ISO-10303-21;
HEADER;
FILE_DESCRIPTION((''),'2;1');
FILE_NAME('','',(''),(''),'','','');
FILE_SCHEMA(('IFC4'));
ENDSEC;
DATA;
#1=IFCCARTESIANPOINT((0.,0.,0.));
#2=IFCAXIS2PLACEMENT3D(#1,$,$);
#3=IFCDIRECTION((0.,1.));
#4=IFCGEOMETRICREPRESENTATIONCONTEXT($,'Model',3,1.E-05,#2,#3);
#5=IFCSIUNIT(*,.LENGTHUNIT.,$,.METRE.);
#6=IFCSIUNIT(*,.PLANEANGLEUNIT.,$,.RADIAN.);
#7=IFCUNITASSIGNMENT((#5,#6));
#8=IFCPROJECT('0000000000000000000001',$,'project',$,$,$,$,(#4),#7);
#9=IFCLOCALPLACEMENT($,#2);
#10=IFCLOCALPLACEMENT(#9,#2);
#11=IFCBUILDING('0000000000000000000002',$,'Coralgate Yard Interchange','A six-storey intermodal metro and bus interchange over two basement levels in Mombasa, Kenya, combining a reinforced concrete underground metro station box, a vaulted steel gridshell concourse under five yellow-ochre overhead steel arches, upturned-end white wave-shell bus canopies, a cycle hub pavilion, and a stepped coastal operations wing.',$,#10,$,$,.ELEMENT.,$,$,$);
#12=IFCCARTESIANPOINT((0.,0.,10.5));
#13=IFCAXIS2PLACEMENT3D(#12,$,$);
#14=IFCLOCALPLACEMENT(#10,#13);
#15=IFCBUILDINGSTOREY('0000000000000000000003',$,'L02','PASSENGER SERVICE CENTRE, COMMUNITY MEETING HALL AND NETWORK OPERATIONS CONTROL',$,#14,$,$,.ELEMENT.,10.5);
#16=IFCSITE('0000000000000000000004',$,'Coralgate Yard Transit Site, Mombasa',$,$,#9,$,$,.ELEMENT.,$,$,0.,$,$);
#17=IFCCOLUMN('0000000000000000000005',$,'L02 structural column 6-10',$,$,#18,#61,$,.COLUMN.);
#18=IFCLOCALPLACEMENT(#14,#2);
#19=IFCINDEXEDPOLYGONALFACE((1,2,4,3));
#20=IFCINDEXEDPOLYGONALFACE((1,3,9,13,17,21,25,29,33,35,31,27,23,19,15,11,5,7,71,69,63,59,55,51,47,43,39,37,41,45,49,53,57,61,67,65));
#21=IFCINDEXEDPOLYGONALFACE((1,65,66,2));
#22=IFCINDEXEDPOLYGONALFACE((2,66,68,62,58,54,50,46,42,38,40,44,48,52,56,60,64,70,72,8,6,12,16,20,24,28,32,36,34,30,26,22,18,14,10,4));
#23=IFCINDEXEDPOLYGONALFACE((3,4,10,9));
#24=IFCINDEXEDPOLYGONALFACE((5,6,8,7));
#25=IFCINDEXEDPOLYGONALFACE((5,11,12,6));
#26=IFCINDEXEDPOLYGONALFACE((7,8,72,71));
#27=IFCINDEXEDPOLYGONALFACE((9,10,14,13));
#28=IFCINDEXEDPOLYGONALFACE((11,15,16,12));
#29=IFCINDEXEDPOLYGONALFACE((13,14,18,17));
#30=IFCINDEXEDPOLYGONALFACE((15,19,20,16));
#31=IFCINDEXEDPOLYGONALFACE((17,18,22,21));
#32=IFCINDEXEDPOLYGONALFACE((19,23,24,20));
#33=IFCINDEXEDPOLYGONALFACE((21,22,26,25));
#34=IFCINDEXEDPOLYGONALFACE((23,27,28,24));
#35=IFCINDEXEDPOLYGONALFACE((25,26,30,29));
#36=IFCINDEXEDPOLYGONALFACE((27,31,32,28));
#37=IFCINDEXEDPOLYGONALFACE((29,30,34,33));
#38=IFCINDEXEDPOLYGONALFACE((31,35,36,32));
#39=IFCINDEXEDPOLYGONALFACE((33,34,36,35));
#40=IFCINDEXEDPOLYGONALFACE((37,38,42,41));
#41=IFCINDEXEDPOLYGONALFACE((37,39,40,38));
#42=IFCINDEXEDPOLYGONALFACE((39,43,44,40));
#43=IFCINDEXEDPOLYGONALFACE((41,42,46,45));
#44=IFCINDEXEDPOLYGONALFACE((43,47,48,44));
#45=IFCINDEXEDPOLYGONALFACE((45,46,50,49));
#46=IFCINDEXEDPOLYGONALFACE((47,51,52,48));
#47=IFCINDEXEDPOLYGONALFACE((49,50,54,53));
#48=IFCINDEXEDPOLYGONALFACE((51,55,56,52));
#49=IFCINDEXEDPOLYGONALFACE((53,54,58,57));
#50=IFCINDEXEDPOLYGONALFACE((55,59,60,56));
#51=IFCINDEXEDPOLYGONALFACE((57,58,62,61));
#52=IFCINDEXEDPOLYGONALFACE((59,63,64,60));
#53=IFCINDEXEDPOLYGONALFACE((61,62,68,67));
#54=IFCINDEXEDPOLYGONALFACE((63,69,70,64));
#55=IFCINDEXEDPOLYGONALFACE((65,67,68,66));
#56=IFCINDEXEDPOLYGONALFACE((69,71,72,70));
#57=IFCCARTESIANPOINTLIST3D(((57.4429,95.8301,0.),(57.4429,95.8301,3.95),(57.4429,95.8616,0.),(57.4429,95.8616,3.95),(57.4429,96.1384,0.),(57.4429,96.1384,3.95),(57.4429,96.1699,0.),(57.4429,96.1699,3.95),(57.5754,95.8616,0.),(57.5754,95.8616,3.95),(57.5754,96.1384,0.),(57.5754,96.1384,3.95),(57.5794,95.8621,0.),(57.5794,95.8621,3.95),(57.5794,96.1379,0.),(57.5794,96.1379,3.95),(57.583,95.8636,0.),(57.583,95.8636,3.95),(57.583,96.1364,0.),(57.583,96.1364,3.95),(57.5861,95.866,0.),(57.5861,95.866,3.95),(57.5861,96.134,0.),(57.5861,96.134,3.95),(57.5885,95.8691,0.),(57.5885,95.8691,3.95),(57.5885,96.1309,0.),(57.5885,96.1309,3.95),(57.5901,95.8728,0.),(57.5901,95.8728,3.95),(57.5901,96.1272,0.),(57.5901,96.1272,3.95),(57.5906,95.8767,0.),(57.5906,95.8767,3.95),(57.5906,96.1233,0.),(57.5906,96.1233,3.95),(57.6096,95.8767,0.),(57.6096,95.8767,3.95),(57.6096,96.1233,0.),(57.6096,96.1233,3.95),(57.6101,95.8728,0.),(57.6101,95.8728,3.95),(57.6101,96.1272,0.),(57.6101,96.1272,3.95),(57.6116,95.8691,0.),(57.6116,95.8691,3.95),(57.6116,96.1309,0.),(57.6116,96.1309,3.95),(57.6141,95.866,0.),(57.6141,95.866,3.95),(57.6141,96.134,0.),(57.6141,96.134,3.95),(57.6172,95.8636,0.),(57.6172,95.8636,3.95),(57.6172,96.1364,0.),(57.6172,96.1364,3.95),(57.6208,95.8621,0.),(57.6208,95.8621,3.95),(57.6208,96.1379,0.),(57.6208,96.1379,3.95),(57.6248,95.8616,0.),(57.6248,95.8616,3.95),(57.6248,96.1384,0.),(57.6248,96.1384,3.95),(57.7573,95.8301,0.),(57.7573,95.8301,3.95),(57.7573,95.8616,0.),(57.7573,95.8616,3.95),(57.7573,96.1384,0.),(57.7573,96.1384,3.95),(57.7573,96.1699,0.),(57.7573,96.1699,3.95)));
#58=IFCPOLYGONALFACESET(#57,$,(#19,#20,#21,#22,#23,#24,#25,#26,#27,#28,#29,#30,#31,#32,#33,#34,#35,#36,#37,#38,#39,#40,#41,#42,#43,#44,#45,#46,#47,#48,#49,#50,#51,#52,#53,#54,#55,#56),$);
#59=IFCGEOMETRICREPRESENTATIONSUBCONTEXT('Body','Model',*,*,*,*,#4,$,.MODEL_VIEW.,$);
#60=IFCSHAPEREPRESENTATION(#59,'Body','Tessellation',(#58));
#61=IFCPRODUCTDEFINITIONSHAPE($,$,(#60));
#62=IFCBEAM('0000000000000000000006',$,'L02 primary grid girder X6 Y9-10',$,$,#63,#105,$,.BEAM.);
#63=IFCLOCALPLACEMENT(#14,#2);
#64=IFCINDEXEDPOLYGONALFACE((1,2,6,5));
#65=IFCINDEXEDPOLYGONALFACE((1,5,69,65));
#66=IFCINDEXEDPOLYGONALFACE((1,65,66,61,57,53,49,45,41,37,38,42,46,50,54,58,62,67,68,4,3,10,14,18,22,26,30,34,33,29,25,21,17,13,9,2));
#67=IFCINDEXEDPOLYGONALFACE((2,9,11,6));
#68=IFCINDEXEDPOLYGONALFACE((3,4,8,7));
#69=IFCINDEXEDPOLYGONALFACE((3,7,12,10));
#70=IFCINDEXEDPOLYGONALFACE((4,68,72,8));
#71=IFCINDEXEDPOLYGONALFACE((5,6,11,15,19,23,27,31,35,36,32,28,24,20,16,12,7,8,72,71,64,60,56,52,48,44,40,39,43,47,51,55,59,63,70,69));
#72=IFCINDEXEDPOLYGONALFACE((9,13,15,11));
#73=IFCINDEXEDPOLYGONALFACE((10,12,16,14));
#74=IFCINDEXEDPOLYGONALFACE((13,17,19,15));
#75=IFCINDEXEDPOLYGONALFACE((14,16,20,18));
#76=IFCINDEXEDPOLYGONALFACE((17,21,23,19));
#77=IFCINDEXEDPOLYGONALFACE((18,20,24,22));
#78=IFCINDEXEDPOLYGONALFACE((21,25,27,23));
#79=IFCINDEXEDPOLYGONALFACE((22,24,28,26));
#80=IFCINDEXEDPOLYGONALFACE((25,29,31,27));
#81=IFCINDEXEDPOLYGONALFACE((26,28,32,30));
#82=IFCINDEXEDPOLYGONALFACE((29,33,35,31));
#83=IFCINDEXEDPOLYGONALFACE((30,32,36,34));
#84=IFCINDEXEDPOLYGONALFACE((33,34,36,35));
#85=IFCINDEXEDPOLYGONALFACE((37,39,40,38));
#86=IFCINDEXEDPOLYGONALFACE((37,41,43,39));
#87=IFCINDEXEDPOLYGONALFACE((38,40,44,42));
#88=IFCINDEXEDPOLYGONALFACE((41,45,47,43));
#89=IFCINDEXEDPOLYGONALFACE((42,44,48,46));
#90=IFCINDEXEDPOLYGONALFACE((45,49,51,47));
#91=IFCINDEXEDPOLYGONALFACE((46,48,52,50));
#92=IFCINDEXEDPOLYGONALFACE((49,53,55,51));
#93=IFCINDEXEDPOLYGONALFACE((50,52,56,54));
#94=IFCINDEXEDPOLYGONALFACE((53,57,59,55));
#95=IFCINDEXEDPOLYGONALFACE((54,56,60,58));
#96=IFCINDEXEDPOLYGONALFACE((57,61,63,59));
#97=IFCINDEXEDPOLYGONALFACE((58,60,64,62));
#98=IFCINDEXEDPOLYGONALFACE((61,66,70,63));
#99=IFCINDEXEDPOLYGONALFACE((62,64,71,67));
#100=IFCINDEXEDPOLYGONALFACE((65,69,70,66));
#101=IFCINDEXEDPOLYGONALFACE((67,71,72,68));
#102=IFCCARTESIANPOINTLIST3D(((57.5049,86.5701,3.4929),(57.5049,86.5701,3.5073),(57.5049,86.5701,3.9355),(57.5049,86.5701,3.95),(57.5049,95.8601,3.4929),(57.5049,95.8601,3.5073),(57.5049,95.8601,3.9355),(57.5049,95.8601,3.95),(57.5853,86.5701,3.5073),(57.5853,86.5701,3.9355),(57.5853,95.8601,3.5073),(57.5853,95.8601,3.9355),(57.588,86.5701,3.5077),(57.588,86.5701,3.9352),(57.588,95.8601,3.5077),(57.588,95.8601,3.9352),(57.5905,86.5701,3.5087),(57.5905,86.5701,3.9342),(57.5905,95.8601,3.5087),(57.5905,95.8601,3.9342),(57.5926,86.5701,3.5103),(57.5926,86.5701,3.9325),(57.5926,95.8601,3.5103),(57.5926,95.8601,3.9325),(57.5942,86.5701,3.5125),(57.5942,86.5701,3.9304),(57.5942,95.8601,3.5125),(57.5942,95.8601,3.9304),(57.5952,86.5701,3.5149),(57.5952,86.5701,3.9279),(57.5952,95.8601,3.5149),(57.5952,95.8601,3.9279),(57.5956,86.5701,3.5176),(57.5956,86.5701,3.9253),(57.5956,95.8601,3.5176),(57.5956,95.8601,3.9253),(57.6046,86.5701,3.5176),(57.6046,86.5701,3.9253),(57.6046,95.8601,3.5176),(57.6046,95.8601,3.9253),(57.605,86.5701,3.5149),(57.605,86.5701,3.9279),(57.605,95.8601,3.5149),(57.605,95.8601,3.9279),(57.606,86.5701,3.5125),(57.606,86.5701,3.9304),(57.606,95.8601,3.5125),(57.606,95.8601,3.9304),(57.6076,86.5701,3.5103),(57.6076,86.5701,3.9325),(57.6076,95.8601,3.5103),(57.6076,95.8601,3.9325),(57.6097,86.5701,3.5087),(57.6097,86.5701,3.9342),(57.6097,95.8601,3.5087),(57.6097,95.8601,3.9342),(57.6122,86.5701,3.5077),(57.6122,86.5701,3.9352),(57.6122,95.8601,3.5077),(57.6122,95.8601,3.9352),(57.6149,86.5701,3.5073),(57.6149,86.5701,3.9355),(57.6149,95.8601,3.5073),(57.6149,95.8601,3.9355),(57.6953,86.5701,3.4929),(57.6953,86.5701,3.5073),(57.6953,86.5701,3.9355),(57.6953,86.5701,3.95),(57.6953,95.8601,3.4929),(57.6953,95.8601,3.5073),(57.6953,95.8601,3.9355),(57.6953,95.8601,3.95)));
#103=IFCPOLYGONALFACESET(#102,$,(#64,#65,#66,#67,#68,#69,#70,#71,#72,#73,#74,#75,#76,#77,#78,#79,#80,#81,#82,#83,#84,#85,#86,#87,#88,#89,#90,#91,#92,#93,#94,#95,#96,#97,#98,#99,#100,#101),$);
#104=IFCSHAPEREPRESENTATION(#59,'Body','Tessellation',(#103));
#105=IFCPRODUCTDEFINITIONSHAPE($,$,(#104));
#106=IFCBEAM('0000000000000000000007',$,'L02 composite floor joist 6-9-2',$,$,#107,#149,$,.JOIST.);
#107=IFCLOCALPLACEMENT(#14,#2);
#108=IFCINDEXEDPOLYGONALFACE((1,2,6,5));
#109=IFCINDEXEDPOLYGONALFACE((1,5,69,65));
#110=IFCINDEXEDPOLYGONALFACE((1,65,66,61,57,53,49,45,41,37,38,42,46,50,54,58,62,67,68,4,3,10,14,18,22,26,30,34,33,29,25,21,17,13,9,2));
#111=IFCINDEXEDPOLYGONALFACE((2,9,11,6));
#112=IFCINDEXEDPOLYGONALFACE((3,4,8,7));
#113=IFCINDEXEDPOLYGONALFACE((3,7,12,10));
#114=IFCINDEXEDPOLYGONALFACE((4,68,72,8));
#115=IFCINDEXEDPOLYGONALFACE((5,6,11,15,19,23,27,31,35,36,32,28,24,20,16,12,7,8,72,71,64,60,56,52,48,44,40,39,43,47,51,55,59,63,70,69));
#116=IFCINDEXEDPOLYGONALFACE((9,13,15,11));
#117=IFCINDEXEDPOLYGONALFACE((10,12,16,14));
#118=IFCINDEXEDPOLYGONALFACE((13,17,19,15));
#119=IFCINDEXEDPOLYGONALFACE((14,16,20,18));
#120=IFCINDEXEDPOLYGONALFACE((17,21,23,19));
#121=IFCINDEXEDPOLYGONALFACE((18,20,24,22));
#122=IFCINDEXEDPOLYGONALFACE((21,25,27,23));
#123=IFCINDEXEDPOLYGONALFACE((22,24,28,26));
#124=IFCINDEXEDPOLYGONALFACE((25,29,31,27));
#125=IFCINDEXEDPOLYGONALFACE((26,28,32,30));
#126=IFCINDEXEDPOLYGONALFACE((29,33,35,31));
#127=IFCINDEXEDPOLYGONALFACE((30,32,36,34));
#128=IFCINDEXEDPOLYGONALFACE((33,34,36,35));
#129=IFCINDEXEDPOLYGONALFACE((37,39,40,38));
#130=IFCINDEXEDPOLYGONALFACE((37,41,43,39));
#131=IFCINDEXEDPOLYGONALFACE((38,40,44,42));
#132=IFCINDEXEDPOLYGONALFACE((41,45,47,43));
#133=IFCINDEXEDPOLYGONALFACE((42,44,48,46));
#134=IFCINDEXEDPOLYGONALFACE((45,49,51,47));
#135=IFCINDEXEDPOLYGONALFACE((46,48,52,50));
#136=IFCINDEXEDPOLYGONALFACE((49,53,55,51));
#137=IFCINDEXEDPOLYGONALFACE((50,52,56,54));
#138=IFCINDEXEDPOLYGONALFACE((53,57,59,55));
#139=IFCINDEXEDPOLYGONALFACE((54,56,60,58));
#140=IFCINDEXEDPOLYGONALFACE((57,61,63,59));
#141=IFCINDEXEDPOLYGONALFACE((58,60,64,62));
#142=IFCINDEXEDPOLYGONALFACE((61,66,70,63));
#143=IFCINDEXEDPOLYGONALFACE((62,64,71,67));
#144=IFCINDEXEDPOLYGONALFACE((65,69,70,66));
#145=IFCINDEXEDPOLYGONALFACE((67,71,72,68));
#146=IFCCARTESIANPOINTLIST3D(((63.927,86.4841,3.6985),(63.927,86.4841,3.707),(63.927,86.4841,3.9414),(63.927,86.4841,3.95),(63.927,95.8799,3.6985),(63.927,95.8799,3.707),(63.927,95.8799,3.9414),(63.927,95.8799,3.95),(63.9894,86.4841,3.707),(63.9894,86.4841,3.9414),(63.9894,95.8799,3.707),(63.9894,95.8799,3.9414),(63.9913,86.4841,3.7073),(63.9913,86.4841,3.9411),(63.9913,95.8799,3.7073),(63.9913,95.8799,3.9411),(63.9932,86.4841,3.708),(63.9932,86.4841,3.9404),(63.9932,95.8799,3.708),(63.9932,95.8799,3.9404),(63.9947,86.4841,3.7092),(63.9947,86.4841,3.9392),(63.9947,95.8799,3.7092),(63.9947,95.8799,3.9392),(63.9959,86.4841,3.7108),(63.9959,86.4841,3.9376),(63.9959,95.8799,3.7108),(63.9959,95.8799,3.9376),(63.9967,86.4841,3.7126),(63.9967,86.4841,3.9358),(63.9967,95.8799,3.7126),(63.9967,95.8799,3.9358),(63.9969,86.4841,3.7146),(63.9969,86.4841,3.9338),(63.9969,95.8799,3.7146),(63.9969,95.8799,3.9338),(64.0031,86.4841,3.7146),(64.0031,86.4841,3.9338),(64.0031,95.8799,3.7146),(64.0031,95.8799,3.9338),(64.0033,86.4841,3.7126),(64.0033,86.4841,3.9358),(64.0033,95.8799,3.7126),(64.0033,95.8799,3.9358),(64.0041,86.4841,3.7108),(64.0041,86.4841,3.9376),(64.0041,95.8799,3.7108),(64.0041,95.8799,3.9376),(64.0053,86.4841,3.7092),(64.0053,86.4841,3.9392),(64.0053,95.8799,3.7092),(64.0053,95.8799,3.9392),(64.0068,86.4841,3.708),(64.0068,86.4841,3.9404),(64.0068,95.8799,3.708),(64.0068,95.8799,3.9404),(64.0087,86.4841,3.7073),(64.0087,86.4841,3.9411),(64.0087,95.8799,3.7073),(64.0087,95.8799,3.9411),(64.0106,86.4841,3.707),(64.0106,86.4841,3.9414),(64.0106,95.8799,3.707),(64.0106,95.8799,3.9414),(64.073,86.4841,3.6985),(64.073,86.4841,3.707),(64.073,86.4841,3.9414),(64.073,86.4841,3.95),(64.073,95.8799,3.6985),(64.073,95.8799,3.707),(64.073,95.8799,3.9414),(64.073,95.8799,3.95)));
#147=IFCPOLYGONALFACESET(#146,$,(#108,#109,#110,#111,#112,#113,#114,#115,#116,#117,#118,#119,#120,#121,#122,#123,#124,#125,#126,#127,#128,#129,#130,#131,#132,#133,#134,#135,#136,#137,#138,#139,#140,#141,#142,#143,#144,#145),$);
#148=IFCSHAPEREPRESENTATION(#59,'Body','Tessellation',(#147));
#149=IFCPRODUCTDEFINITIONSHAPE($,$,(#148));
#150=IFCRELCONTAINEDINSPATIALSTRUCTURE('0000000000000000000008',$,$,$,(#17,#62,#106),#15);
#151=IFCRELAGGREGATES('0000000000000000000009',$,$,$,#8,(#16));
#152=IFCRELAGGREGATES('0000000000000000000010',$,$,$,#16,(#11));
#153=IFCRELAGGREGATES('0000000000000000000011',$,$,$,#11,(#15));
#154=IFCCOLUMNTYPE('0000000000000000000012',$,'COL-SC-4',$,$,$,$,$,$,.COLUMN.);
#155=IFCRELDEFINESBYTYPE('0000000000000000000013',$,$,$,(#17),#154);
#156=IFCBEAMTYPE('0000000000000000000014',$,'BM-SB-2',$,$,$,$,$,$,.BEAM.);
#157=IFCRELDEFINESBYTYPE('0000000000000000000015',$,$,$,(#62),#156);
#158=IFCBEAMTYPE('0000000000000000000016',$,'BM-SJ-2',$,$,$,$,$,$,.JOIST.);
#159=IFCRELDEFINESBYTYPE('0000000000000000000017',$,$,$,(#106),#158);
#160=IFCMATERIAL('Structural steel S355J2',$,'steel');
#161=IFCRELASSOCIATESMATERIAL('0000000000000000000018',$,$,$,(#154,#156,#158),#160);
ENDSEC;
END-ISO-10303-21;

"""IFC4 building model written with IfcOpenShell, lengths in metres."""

from ifc_helpers import new_model, si_unit, direction, frame, origin, origin_2d, place, context, subcontext, project, spatial, i_section, extrude, material, material_profile, profile_set, type_object, element, save


model = new_model("IFC4")

# Units and contexts
model_context = context("Model", 3, precision=1e-05, world=origin(), true_north=direction((0.0, 1.0)))
body_context = subcontext(model_context, "Body", "Model", "MODEL_VIEW")
ifc_project = project(units=[si_unit("LENGTHUNIT", "METRE"), si_unit("PLANEANGLEUNIT", "RADIAN")], contexts=[model_context])

# Site, building, storey
site_placement = place(None, origin())
site = spatial("IfcSite", under=ifc_project, at=site_placement, Name="Coralgate Yard Transit Site, Mombasa", CompositionType="ELEMENT", RefElevation=0.0)
building_placement = place(site_placement, origin())
building = spatial("IfcBuilding", under=site, at=building_placement, Name="Coralgate Yard Interchange", Description="A six-storey intermodal metro and bus interchange over two basement levels in Mombasa, Kenya, combining a reinforced concrete underground metro station box, a vaulted steel gridshell concourse under five yellow-ochre overhead steel arches, upturned-end white wave-shell bus canopies, a cycle hub pavilion, and a stepped coastal operations wing.", CompositionType="ELEMENT")
storey_placement = place(building_placement, frame((0.0, 0.0, 10.5)))
storey = spatial("IfcBuildingStorey", under=building, at=storey_placement, Name="L02", Description="PASSENGER SERVICE CENTRE, COMMUNITY MEETING HALL AND NETWORK OPERATIONS CONTROL", CompositionType="ELEMENT", Elevation=10.5)

# Column
ifc_material_1 = material(Name="Structural steel S355J2", Category="steel")
ifc_material_profile_1 = material_profile(ifc_material_1, i_section(OverallWidth=0.3145, OverallDepth=0.3398, WebThickness=0.019, FlangeThickness=0.0315, FilletRadius=0.0151, at=origin_2d()), Name="UC 305x305x198")
ifc_profile_set_1 = profile_set([ifc_material_profile_1], Name="Structural steel S355J2")
column_type = type_object("IfcColumnType", Name="COL-SC-4", PredefinedType="COLUMN", material=ifc_profile_set_1)
column_placement = place(storey_placement, frame((57.6001, 96.0, 0.0), z_axis=(0.0, 0.0, 1.0), x_axis=(1.0, 0.0, 0.0)))
element("IfcColumn", 1, at=column_placement, inside=storey, type_object=column_type, Name="L02 structural column 6-10", PredefinedType="COLUMN", context=body_context, shape_type="SweptSolid", body=[
    extrude(i_section(OverallWidth=0.3145, OverallDepth=0.3398, WebThickness=0.019, FlangeThickness=0.0315, FilletRadius=0.0151, at=origin_2d()), origin(), (0.0, 0.0, 1.0), 3.95),
])

# Beams
ifc_material_profile_2 = material_profile(ifc_material_1, i_section(OverallWidth=0.1904, OverallDepth=0.457, WebThickness=0.009, FlangeThickness=0.0144, FilletRadius=0.0103, at=origin_2d()), Name="UB 457x191x74")
ifc_profile_set_2 = profile_set([ifc_material_profile_2], Name="Structural steel S355J2")
beam_type_1 = type_object("IfcBeamType", Name="BM-SB-2", PredefinedType="BEAM", material=ifc_profile_set_2)
beam_1_placement = place(storey_placement, frame((57.6001, 86.5701, 3.7214), z_axis=(0.0, 1.0, 0.0), x_axis=(-1.0, 0.0, 0.0)))
element("IfcBeam", 2, at=beam_1_placement, inside=storey, type_object=beam_type_1, Name="L02 primary grid girder X6 Y9-10", PredefinedType="BEAM", context=body_context, shape_type="SweptSolid", body=[
    extrude(i_section(OverallWidth=0.1904, OverallDepth=0.457, WebThickness=0.009, FlangeThickness=0.0144, FilletRadius=0.0103, at=origin_2d()), origin(), (0.0, 0.0, 1.0), 9.29),
])
ifc_material_profile_3 = material_profile(ifc_material_1, i_section(OverallWidth=0.146, OverallDepth=0.2515, WebThickness=0.0061, FlangeThickness=0.0085, FilletRadius=0.0076, at=origin_2d()), Name="UB 254x146x31")
ifc_profile_set_3 = profile_set([ifc_material_profile_3], Name="Structural steel S355J2")
beam_type_2 = type_object("IfcBeamType", Name="BM-SJ-2", PredefinedType="JOIST", material=ifc_profile_set_3)
beam_2_placement = place(storey_placement, frame((64.0, 86.4841, 3.8242), z_axis=(0.0, 1.0, 0.0), x_axis=(-1.0, 0.0, 0.0)))
element("IfcBeam", 3, at=beam_2_placement, inside=storey, type_object=beam_type_2, Name="L02 composite floor joist 6-9-2", PredefinedType="JOIST", context=body_context, shape_type="SweptSolid", body=[
    extrude(i_section(OverallWidth=0.146, OverallDepth=0.2515, WebThickness=0.0061, FlangeThickness=0.0085, FilletRadius=0.0076, at=origin_2d()), origin(), (0.0, 0.0, 1.0), 9.3958),
])

save(model, "model.ifc")
